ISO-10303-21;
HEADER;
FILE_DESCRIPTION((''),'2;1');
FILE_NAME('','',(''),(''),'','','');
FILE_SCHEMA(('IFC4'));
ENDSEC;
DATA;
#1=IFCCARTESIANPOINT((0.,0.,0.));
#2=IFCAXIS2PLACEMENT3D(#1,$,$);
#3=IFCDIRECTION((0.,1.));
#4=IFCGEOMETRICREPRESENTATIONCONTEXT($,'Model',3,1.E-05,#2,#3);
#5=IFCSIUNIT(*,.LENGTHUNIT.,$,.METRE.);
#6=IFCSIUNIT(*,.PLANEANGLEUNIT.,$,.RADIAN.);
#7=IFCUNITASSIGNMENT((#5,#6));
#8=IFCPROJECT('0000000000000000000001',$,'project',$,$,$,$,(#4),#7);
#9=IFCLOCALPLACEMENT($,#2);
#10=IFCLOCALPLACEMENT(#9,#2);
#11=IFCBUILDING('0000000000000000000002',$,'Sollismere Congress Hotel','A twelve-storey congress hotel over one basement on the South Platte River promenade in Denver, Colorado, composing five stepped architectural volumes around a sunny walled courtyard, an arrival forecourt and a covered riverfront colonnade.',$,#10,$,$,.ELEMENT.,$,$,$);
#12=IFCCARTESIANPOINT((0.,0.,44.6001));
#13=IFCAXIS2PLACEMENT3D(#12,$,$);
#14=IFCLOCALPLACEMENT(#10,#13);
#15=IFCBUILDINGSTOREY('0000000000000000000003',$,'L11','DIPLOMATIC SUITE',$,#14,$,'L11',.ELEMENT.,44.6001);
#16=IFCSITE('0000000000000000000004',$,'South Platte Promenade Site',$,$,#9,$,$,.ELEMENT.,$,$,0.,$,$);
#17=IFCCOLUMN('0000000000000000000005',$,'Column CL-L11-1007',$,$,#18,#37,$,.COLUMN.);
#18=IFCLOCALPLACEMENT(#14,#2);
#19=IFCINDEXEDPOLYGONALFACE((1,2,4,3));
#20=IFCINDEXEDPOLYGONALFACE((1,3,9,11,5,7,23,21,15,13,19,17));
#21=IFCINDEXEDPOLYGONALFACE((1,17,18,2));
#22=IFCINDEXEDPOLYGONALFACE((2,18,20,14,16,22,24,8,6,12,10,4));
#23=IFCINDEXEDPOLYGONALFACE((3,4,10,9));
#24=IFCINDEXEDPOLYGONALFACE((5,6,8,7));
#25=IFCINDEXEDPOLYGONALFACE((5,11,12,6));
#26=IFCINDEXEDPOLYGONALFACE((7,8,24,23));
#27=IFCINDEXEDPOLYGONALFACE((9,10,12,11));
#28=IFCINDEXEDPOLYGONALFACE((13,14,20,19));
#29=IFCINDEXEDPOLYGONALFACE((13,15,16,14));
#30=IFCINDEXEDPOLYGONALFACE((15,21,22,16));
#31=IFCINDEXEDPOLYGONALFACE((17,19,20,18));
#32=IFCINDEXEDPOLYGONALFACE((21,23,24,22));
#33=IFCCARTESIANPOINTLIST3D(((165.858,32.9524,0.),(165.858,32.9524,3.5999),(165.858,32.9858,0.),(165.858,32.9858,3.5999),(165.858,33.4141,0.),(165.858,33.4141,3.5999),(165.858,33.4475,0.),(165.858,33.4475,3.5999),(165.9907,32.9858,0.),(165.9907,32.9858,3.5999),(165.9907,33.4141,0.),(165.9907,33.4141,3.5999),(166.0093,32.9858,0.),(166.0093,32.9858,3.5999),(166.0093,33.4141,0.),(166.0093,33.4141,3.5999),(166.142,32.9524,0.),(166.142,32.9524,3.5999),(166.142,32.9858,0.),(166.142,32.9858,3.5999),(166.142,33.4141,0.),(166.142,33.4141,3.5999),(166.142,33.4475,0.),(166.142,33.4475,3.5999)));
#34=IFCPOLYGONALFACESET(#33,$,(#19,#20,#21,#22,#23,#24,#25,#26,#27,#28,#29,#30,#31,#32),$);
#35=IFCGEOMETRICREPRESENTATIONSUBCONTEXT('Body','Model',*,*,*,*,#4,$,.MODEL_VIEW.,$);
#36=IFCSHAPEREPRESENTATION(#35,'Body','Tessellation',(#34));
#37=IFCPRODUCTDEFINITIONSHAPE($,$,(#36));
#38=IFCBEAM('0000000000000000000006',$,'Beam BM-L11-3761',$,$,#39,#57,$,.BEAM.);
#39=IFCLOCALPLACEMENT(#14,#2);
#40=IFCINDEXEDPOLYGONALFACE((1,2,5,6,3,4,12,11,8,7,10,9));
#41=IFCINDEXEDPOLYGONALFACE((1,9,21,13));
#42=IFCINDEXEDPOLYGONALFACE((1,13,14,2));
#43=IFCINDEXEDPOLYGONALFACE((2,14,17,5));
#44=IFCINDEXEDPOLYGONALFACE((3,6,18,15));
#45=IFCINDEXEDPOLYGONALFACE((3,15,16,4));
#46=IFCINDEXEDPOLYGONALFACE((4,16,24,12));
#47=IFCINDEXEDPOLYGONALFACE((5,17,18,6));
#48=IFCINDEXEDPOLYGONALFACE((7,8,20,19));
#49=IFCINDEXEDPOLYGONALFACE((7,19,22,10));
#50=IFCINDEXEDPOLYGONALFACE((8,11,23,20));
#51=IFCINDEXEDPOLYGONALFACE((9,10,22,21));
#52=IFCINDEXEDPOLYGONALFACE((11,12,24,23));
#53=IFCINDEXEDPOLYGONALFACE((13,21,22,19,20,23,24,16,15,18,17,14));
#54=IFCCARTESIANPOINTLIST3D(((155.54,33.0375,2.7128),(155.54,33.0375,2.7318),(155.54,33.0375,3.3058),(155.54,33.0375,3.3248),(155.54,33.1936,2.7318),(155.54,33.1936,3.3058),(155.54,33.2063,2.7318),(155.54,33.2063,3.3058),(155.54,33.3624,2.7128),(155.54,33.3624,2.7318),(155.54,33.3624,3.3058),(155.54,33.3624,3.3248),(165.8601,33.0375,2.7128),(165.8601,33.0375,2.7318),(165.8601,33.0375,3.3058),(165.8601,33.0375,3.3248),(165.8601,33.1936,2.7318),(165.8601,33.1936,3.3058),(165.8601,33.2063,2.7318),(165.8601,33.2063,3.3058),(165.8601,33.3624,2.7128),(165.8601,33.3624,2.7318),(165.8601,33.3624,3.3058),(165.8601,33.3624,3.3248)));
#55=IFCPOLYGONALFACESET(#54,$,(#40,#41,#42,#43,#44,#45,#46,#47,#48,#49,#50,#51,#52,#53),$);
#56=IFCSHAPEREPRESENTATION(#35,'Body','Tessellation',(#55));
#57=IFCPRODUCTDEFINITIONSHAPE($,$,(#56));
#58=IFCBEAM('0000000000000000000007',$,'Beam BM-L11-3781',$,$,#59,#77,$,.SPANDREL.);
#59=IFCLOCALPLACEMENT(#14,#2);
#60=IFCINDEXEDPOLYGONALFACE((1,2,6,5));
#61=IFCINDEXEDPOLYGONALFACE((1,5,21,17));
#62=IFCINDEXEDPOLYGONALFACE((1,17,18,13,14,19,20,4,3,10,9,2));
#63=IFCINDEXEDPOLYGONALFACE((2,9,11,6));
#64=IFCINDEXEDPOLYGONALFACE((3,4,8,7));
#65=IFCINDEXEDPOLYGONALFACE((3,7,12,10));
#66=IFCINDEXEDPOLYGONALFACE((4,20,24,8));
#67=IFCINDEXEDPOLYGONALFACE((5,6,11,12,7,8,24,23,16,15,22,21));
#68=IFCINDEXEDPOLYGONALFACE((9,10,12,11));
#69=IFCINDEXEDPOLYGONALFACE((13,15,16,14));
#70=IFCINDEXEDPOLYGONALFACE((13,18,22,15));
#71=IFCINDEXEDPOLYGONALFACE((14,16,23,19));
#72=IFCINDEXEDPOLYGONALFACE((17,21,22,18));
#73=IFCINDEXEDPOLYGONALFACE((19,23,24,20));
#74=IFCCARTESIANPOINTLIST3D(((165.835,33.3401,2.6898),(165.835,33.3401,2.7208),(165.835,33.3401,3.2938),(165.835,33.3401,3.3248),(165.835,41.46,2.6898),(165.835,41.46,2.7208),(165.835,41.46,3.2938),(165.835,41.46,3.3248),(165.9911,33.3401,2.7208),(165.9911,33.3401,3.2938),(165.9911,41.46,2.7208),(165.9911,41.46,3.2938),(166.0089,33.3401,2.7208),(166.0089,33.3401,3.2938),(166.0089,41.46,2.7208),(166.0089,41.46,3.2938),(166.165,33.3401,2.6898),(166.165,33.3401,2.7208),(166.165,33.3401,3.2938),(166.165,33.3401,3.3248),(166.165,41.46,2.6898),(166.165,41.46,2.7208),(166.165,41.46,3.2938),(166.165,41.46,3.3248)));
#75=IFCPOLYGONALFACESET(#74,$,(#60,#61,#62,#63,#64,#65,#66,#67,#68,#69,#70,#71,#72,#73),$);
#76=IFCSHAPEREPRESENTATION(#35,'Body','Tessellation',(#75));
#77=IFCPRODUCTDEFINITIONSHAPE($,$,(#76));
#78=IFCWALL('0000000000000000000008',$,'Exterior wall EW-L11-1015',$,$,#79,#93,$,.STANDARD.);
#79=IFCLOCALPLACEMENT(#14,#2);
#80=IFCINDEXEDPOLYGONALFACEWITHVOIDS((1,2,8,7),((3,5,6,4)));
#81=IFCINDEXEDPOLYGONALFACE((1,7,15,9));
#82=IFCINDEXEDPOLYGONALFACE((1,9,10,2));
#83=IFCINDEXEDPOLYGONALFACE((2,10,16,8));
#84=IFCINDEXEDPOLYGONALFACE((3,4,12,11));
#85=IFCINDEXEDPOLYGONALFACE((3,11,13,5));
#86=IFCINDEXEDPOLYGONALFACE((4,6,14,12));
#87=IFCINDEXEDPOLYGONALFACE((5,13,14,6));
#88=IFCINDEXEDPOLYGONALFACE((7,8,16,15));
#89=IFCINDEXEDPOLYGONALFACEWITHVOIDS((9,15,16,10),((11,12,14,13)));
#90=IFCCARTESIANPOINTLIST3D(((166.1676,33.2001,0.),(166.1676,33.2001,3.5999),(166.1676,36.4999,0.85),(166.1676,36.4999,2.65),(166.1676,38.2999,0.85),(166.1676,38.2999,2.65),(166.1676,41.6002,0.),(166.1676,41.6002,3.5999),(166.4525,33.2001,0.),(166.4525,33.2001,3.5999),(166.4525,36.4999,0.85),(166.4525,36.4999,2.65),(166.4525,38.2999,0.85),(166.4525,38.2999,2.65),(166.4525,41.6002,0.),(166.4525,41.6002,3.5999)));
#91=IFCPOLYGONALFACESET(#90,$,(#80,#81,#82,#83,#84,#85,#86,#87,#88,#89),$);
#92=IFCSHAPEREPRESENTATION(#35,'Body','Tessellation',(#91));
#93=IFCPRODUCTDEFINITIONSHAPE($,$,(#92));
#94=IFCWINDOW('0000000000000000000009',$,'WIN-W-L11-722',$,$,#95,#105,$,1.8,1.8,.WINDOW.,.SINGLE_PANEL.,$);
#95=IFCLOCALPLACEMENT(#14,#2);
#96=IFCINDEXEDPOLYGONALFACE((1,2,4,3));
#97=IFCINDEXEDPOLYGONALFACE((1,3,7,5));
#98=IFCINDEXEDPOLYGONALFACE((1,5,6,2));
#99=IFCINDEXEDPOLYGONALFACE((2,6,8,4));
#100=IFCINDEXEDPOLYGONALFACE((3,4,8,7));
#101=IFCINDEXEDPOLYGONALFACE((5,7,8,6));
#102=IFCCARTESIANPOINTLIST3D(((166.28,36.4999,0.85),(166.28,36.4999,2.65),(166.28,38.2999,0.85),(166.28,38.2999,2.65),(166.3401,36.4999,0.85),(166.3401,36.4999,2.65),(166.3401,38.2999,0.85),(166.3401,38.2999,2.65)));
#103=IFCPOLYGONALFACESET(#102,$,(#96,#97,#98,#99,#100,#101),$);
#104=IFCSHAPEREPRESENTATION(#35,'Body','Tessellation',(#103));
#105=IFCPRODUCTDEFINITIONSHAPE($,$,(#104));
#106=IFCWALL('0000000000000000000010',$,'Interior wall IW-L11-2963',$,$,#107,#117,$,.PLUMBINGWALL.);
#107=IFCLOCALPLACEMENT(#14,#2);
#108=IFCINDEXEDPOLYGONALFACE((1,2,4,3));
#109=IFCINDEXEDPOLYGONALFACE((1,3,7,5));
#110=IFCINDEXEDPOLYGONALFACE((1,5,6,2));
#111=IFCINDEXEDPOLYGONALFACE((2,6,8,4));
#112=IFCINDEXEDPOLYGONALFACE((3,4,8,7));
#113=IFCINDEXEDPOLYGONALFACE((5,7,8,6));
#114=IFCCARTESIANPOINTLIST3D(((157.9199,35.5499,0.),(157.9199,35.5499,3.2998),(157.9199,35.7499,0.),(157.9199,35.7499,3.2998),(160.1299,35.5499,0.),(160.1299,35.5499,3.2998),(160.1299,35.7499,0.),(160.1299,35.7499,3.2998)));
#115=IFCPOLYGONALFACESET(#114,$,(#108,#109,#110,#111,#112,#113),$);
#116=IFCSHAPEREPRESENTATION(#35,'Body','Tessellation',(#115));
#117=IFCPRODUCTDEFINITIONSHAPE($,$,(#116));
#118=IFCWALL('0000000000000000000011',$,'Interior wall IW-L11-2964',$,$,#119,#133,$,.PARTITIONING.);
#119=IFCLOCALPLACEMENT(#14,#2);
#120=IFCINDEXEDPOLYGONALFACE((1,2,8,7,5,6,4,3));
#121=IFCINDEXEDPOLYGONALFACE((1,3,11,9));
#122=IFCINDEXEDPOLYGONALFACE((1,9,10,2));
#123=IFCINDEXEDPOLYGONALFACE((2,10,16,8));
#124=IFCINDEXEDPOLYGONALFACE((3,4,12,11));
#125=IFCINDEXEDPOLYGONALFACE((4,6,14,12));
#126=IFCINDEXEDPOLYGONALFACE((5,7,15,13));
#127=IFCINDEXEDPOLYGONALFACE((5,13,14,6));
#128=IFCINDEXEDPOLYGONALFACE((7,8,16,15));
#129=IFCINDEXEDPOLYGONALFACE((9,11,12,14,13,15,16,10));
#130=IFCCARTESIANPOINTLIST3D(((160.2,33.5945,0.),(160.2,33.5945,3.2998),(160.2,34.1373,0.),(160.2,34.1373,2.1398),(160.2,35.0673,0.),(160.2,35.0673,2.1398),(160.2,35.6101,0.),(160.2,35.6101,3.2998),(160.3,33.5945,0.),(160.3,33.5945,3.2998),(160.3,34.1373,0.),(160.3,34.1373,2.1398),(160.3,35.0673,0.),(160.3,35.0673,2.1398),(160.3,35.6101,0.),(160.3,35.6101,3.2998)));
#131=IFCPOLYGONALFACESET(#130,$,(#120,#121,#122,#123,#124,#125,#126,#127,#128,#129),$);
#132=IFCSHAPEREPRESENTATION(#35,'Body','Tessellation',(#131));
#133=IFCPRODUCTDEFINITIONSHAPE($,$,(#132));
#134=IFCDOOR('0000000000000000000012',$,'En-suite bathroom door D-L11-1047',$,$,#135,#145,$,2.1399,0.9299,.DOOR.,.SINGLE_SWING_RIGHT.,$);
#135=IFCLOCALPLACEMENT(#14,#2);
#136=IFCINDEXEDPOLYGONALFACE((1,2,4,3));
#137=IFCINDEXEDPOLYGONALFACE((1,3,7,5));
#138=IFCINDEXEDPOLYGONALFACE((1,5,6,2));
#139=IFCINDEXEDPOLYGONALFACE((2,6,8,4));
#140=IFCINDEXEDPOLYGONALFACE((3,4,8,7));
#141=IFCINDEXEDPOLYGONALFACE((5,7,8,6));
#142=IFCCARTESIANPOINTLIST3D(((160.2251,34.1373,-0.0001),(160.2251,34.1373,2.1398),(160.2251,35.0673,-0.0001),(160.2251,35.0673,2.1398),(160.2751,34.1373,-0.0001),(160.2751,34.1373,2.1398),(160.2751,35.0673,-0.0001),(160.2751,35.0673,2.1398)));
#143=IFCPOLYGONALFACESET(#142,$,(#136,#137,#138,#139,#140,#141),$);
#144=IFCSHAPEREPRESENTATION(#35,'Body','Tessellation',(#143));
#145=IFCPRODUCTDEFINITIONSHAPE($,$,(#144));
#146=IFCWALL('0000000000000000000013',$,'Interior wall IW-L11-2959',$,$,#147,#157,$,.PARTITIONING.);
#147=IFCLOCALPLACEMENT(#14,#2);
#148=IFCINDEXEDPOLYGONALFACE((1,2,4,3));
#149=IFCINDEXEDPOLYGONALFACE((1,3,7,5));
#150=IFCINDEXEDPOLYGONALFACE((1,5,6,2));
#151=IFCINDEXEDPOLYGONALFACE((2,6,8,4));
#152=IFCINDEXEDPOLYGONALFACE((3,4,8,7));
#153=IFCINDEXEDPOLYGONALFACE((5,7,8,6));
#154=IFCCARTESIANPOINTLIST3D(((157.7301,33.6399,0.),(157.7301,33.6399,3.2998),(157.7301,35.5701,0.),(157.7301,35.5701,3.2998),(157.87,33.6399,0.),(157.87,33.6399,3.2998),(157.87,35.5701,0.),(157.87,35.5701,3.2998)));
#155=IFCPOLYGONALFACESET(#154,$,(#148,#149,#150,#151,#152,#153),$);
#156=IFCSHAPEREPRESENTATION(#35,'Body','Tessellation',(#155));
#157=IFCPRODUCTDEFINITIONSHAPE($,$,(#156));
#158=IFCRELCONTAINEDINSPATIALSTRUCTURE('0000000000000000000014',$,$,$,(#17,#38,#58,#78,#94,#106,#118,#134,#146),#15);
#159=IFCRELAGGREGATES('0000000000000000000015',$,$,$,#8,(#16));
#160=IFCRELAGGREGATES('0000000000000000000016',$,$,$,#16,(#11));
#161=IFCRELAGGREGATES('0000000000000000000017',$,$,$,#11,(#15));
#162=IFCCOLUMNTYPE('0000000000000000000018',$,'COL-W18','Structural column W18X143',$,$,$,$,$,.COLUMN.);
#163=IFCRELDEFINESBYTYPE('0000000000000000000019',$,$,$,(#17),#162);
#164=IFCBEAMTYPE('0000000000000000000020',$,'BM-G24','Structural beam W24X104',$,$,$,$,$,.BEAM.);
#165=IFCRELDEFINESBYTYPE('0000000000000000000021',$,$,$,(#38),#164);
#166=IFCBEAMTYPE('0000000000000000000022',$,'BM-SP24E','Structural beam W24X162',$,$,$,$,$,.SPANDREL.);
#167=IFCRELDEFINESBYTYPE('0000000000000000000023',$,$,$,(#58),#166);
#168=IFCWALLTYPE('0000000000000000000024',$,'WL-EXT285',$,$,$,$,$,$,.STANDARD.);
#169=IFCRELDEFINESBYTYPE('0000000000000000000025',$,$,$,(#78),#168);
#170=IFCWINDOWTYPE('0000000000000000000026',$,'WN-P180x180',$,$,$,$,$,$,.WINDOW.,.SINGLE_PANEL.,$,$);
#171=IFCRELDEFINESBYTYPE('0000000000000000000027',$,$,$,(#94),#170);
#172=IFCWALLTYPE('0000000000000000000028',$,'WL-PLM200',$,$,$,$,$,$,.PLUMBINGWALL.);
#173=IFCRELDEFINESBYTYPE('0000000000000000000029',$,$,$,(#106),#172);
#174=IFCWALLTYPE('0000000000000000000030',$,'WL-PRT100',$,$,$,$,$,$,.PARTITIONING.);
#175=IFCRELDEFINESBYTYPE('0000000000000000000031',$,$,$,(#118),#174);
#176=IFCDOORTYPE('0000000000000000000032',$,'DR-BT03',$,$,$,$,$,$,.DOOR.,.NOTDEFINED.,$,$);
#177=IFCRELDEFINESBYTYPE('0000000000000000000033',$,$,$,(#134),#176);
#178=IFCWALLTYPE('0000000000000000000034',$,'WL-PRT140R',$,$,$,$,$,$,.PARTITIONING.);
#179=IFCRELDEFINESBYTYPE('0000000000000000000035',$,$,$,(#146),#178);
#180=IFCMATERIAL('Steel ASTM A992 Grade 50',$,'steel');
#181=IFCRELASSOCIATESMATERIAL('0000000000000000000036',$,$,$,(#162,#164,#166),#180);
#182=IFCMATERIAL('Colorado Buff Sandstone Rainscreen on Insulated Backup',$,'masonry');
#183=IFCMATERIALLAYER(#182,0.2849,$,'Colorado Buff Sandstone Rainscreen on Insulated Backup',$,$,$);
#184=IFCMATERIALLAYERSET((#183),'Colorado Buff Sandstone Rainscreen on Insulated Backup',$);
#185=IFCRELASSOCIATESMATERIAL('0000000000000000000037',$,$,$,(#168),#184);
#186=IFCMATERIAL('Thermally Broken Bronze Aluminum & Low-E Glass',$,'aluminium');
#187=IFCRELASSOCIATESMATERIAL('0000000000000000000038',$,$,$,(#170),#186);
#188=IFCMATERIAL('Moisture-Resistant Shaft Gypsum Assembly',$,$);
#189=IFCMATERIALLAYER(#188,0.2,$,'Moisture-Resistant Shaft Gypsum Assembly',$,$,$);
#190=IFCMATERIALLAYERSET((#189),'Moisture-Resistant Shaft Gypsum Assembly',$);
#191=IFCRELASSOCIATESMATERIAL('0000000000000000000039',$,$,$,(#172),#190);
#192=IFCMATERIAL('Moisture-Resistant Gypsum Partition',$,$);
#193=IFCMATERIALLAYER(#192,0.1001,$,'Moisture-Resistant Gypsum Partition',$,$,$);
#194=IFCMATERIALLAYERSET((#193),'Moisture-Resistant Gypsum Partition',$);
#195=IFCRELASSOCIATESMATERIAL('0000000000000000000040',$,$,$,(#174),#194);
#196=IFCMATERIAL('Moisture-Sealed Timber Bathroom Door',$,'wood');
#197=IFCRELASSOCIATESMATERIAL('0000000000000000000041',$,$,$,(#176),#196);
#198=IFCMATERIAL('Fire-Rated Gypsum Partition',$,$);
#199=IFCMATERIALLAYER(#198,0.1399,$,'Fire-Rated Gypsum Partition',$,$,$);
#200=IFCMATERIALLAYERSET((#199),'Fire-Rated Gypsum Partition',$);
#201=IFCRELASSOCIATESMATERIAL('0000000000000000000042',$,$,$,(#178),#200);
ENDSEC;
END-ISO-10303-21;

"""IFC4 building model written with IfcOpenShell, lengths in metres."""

from ifc_helpers import new_model, si_unit, direction, frame, frame_2d, origin, origin_2d, place, context, subcontext, project, spatial, rectangle, i_section, extrude, material, layer, layer_set, material_profile, profile_set, type_object, element, fill, save


model = new_model("IFC4")

# Units and contexts
model_context = context("Model", 3, precision=1e-05, world=origin(), true_north=direction((0.0, 1.0)))
body_context = subcontext(model_context, "Body", "Model", "MODEL_VIEW")
ifc_project = project(units=[si_unit("LENGTHUNIT", "METRE"), si_unit("PLANEANGLEUNIT", "RADIAN")], contexts=[model_context])

# Site, building, storey
site_placement = place(None, origin())
site = spatial("IfcSite", under=ifc_project, at=site_placement, Name="South Platte Promenade Site", CompositionType="ELEMENT", RefElevation=0.0)
building_placement = place(site_placement, origin())
building = spatial("IfcBuilding", under=site, at=building_placement, Name="Sollismere Congress Hotel", Description="A twelve-storey congress hotel over one basement on the South Platte River promenade in Denver, Colorado, composing five stepped architectural volumes around a sunny walled courtyard, an arrival forecourt and a covered riverfront colonnade.", CompositionType="ELEMENT")
storey_placement = place(building_placement, frame((0.0, 0.0, 44.6001)))
storey = spatial("IfcBuildingStorey", under=building, at=storey_placement, Name="L11", Description="DIPLOMATIC SUITE", LongName="L11", CompositionType="ELEMENT", Elevation=44.6001)

# Column
ifc_material_1 = material(Name="Steel ASTM A992 Grade 50", Category="steel")
ifc_material_profile_1 = material_profile(ifc_material_1, i_section(OverallWidth=0.2839, OverallDepth=0.4951, WebThickness=0.0186, FlangeThickness=0.0334, at=origin_2d()), Name="W18X143")
ifc_profile_set_1 = profile_set([ifc_material_profile_1], Name="Steel ASTM A992 Grade 50")
column_type = type_object("IfcColumnType", Name="COL-W18", Description="Structural column W18X143", PredefinedType="COLUMN", material=ifc_profile_set_1)
column_placement = place(storey_placement, frame((166.0, 33.2, 0.0), z_axis=(0.0, 0.0, 1.0), x_axis=(1.0, 0.0, 0.0)))
element("IfcColumn", 1, at=column_placement, inside=storey, type_object=column_type, Name="Column CL-L11-1007", PredefinedType="COLUMN", context=body_context, shape_type="SweptSolid", body=[
    extrude(i_section(OverallWidth=0.2839, OverallDepth=0.4951, WebThickness=0.0186, FlangeThickness=0.0334, at=origin_2d()), origin(), (0.0, 0.0, 1.0), 3.5999),
])

# Beams
ifc_material_profile_2 = material_profile(ifc_material_1, i_section(OverallWidth=0.325, OverallDepth=0.6121, WebThickness=0.0127, FlangeThickness=0.019, at=origin_2d()), Name="W24X104")
ifc_profile_set_2 = profile_set([ifc_material_profile_2], Name="Steel ASTM A992 Grade 50")
beam_type_1 = type_object("IfcBeamType", Name="BM-G24", Description="Structural beam W24X104", PredefinedType="BEAM", material=ifc_profile_set_2)
beam_1_placement = place(storey_placement, frame((155.54, 33.2, 3.0188), z_axis=(1.0, 0.0, 0.0), x_axis=(0.0, 1.0, 0.0)))
element("IfcBeam", 2, at=beam_1_placement, inside=storey, type_object=beam_type_1, Name="Beam BM-L11-3761", PredefinedType="BEAM", context=body_context, shape_type="SweptSolid", body=[
    extrude(i_section(OverallWidth=0.325, OverallDepth=0.6121, WebThickness=0.0127, FlangeThickness=0.019, at=origin_2d()), origin(), (0.0, 0.0, 1.0), 10.3201),
])
ifc_material_profile_3 = material_profile(ifc_material_1, i_section(OverallWidth=0.3301, OverallDepth=0.635, WebThickness=0.0178, FlangeThickness=0.031, at=origin_2d()), Name="W24X162")
ifc_profile_set_3 = profile_set([ifc_material_profile_3], Name="Steel ASTM A992 Grade 50")
beam_type_2 = type_object("IfcBeamType", Name="BM-SP24E", Description="Structural beam W24X162", PredefinedType="SPANDREL", material=ifc_profile_set_3)
beam_2_placement = place(storey_placement, frame((166.0, 33.3401, 3.0073), z_axis=(0.0, 1.0, 0.0), x_axis=(-1.0, 0.0, 0.0)))
element("IfcBeam", 3, at=beam_2_placement, inside=storey, type_object=beam_type_2, Name="Beam BM-L11-3781", PredefinedType="SPANDREL", context=body_context, shape_type="SweptSolid", body=[
    extrude(i_section(OverallWidth=0.3301, OverallDepth=0.635, WebThickness=0.0178, FlangeThickness=0.031, at=origin_2d()), origin(), (0.0, 0.0, 1.0), 8.1199),
])

# Wall, opening, window
ifc_material_2 = material(Name="Colorado Buff Sandstone Rainscreen on Insulated Backup", Category="masonry")
ifc_layer_1 = layer(ifc_material_2, 0.2849, Name="Colorado Buff Sandstone Rainscreen on Insulated Backup")
ifc_layer_set_1 = layer_set([ifc_layer_1], Name="Colorado Buff Sandstone Rainscreen on Insulated Backup")
wall_type_1 = type_object("IfcWallType", Name="WL-EXT285", PredefinedType="STANDARD", material=ifc_layer_set_1)
wall_1_placement = place(storey_placement, frame((166.3101, 33.2, 0.0), z_axis=(0.0, 0.0, 1.0), x_axis=(0.0, 1.0, 0.0)))
wall_1 = element("IfcWall", 4, at=wall_1_placement, inside=storey, type_object=wall_type_1, Name="Exterior wall EW-L11-1015", PredefinedType="STANDARD", context=body_context, shape_type="SweptSolid", body=[
    extrude(rectangle(XDim=8.4001, YDim=0.2849, at=frame_2d((4.2002, 0.0))), origin(), (0.0, 0.0, 1.0), 3.5999),
])
opening_1_placement = place(wall_1_placement, frame((3.3, 0.0, 0.8501)))
opening_1 = element("IfcOpeningElement", 5, at=opening_1_placement, cuts=wall_1, PredefinedType="OPENING", context=body_context, shape_type="SweptSolid", body=[
    extrude(rectangle(XDim=1.8, YDim=1.8, at=frame_2d((0.8999, 0.8999))), frame((0.0, 0.1523, 0.0), z_axis=(0.0, -1.0, 0.0), x_axis=(1.0, 0.0, 0.0)), (0.0, 0.0, 1.0), 0.3049),
])
ifc_material_3 = material(Name="Thermally Broken Bronze Aluminum & Low-E Glass", Category="aluminium")
window_type = type_object("IfcWindowType", Name="WN-P180x180", PartitioningType="SINGLE_PANEL", PredefinedType="WINDOW", material=ifc_material_3)
window_placement = place(opening_1_placement, origin())
window = element("IfcWindow", 6, at=window_placement, inside=storey, type_object=window_type, Name="WIN-W-L11-722", OverallHeight=1.8, OverallWidth=1.8, PartitioningType="SINGLE_PANEL", PredefinedType="WINDOW", context=body_context, shape_type="SweptSolid", body=[
    extrude(rectangle(XDim=1.8, YDim=1.8, at=frame_2d((0.8999, 0.8999))), frame((0.0, 0.03, 0.0), z_axis=(0.0, -1.0, 0.0), x_axis=(1.0, 0.0, 0.0)), (0.0, 0.0, 1.0), 0.0601),
])
fill(opening_1, window)

# Wall
ifc_material_4 = material(Name="Moisture-Resistant Shaft Gypsum Assembly")
ifc_layer_2 = layer(ifc_material_4, 0.2, Name="Moisture-Resistant Shaft Gypsum Assembly")
ifc_layer_set_2 = layer_set([ifc_layer_2], Name="Moisture-Resistant Shaft Gypsum Assembly")
wall_type_2 = type_object("IfcWallType", Name="WL-PLM200", PredefinedType="PLUMBINGWALL", material=ifc_layer_set_2)
wall_2_placement = place(storey_placement, frame((157.9199, 35.6499, 0.0), z_axis=(0.0, 0.0, 1.0), x_axis=(1.0, 0.0, 0.0)))
element("IfcWall", 7, at=wall_2_placement, inside=storey, type_object=wall_type_2, Name="Interior wall IW-L11-2963", PredefinedType="PLUMBINGWALL", context=body_context, shape_type="SweptSolid", body=[
    extrude(rectangle(XDim=2.21, YDim=0.2, at=frame_2d((1.105, 0.0))), origin(), (0.0, 0.0, 1.0), 3.2998),
])

# Wall, opening, door
ifc_material_5 = material(Name="Moisture-Resistant Gypsum Partition")
ifc_layer_3 = layer(ifc_material_5, 0.1001, Name="Moisture-Resistant Gypsum Partition")
ifc_layer_set_3 = layer_set([ifc_layer_3], Name="Moisture-Resistant Gypsum Partition")
wall_type_3 = type_object("IfcWallType", Name="WL-PRT100", PredefinedType="PARTITIONING", material=ifc_layer_set_3)
wall_3_placement = place(storey_placement, frame((160.25, 33.5945, 0.0), z_axis=(0.0, 0.0, 1.0), x_axis=(0.0, 1.0, 0.0)))
wall_3 = element("IfcWall", 8, at=wall_3_placement, inside=storey, type_object=wall_type_3, Name="Interior wall IW-L11-2964", PredefinedType="PARTITIONING", context=body_context, shape_type="SweptSolid", body=[
    extrude(rectangle(XDim=2.0156, YDim=0.1001, at=frame_2d((1.0078, 0.0))), origin(), (0.0, 0.0, 1.0), 3.2998),
])
opening_2_placement = place(wall_3_placement, frame((0.543, 0.0, 0.0)))
opening_2 = element("IfcOpeningElement", 9, at=opening_2_placement, cuts=wall_3, PredefinedType="OPENING", context=body_context, shape_type="SweptSolid", body=[
    extrude(rectangle(XDim=0.9299, YDim=2.1399, at=frame_2d((0.4648, 1.0698))), frame((0.0, 0.0601, 0.0), z_axis=(0.0, -1.0, 0.0), x_axis=(1.0, 0.0, 0.0)), (0.0, 0.0, 1.0), 0.1201),
])
ifc_material_6 = material(Name="Moisture-Sealed Timber Bathroom Door", Category="wood")
door_type_1 = type_object("IfcDoorType", Name="DR-BT03", OperationType="NOTDEFINED", PredefinedType="DOOR", material=ifc_material_6)
door_1_placement = place(opening_2_placement, origin())
door_1 = element("IfcDoor", 10, at=door_1_placement, inside=storey, type_object=door_type_1, Name="En-suite bathroom door D-L11-1047", OperationType="SINGLE_SWING_RIGHT", OverallHeight=2.1399, OverallWidth=0.9299, PredefinedType="DOOR", context=body_context, shape_type="SweptSolid", body=[
    extrude(rectangle(XDim=0.9299, YDim=2.1399, at=frame_2d((0.4648, 1.0698))), frame((0.0, 0.0249, 0.0), z_axis=(0.0, -1.0, 0.0), x_axis=(1.0, 0.0, 0.0)), (0.0, 0.0, 1.0), 0.05),
])
fill(opening_2, door_1)

# Wall
ifc_material_7 = material(Name="Fire-Rated Gypsum Partition")
ifc_layer_4 = layer(ifc_material_7, 0.1399, Name="Fire-Rated Gypsum Partition")
ifc_layer_set_4 = layer_set([ifc_layer_4], Name="Fire-Rated Gypsum Partition")
wall_type_4 = type_object("IfcWallType", Name="WL-PRT140R", PredefinedType="PARTITIONING", material=ifc_layer_set_4)
wall_4_placement = place(storey_placement, frame((157.8, 33.6399, 0.0), z_axis=(0.0, 0.0, 1.0), x_axis=(0.0, 1.0, 0.0)))
element("IfcWall", 11, at=wall_4_placement, inside=storey, type_object=wall_type_4, Name="Interior wall IW-L11-2959", PredefinedType="PARTITIONING", context=body_context, shape_type="SweptSolid", body=[
    extrude(rectangle(XDim=1.9302, YDim=0.1399, at=frame_2d((0.9651, 0.0))), origin(), (0.0, 0.0, 1.0), 3.2998),
])

save(model, "model.ifc")
